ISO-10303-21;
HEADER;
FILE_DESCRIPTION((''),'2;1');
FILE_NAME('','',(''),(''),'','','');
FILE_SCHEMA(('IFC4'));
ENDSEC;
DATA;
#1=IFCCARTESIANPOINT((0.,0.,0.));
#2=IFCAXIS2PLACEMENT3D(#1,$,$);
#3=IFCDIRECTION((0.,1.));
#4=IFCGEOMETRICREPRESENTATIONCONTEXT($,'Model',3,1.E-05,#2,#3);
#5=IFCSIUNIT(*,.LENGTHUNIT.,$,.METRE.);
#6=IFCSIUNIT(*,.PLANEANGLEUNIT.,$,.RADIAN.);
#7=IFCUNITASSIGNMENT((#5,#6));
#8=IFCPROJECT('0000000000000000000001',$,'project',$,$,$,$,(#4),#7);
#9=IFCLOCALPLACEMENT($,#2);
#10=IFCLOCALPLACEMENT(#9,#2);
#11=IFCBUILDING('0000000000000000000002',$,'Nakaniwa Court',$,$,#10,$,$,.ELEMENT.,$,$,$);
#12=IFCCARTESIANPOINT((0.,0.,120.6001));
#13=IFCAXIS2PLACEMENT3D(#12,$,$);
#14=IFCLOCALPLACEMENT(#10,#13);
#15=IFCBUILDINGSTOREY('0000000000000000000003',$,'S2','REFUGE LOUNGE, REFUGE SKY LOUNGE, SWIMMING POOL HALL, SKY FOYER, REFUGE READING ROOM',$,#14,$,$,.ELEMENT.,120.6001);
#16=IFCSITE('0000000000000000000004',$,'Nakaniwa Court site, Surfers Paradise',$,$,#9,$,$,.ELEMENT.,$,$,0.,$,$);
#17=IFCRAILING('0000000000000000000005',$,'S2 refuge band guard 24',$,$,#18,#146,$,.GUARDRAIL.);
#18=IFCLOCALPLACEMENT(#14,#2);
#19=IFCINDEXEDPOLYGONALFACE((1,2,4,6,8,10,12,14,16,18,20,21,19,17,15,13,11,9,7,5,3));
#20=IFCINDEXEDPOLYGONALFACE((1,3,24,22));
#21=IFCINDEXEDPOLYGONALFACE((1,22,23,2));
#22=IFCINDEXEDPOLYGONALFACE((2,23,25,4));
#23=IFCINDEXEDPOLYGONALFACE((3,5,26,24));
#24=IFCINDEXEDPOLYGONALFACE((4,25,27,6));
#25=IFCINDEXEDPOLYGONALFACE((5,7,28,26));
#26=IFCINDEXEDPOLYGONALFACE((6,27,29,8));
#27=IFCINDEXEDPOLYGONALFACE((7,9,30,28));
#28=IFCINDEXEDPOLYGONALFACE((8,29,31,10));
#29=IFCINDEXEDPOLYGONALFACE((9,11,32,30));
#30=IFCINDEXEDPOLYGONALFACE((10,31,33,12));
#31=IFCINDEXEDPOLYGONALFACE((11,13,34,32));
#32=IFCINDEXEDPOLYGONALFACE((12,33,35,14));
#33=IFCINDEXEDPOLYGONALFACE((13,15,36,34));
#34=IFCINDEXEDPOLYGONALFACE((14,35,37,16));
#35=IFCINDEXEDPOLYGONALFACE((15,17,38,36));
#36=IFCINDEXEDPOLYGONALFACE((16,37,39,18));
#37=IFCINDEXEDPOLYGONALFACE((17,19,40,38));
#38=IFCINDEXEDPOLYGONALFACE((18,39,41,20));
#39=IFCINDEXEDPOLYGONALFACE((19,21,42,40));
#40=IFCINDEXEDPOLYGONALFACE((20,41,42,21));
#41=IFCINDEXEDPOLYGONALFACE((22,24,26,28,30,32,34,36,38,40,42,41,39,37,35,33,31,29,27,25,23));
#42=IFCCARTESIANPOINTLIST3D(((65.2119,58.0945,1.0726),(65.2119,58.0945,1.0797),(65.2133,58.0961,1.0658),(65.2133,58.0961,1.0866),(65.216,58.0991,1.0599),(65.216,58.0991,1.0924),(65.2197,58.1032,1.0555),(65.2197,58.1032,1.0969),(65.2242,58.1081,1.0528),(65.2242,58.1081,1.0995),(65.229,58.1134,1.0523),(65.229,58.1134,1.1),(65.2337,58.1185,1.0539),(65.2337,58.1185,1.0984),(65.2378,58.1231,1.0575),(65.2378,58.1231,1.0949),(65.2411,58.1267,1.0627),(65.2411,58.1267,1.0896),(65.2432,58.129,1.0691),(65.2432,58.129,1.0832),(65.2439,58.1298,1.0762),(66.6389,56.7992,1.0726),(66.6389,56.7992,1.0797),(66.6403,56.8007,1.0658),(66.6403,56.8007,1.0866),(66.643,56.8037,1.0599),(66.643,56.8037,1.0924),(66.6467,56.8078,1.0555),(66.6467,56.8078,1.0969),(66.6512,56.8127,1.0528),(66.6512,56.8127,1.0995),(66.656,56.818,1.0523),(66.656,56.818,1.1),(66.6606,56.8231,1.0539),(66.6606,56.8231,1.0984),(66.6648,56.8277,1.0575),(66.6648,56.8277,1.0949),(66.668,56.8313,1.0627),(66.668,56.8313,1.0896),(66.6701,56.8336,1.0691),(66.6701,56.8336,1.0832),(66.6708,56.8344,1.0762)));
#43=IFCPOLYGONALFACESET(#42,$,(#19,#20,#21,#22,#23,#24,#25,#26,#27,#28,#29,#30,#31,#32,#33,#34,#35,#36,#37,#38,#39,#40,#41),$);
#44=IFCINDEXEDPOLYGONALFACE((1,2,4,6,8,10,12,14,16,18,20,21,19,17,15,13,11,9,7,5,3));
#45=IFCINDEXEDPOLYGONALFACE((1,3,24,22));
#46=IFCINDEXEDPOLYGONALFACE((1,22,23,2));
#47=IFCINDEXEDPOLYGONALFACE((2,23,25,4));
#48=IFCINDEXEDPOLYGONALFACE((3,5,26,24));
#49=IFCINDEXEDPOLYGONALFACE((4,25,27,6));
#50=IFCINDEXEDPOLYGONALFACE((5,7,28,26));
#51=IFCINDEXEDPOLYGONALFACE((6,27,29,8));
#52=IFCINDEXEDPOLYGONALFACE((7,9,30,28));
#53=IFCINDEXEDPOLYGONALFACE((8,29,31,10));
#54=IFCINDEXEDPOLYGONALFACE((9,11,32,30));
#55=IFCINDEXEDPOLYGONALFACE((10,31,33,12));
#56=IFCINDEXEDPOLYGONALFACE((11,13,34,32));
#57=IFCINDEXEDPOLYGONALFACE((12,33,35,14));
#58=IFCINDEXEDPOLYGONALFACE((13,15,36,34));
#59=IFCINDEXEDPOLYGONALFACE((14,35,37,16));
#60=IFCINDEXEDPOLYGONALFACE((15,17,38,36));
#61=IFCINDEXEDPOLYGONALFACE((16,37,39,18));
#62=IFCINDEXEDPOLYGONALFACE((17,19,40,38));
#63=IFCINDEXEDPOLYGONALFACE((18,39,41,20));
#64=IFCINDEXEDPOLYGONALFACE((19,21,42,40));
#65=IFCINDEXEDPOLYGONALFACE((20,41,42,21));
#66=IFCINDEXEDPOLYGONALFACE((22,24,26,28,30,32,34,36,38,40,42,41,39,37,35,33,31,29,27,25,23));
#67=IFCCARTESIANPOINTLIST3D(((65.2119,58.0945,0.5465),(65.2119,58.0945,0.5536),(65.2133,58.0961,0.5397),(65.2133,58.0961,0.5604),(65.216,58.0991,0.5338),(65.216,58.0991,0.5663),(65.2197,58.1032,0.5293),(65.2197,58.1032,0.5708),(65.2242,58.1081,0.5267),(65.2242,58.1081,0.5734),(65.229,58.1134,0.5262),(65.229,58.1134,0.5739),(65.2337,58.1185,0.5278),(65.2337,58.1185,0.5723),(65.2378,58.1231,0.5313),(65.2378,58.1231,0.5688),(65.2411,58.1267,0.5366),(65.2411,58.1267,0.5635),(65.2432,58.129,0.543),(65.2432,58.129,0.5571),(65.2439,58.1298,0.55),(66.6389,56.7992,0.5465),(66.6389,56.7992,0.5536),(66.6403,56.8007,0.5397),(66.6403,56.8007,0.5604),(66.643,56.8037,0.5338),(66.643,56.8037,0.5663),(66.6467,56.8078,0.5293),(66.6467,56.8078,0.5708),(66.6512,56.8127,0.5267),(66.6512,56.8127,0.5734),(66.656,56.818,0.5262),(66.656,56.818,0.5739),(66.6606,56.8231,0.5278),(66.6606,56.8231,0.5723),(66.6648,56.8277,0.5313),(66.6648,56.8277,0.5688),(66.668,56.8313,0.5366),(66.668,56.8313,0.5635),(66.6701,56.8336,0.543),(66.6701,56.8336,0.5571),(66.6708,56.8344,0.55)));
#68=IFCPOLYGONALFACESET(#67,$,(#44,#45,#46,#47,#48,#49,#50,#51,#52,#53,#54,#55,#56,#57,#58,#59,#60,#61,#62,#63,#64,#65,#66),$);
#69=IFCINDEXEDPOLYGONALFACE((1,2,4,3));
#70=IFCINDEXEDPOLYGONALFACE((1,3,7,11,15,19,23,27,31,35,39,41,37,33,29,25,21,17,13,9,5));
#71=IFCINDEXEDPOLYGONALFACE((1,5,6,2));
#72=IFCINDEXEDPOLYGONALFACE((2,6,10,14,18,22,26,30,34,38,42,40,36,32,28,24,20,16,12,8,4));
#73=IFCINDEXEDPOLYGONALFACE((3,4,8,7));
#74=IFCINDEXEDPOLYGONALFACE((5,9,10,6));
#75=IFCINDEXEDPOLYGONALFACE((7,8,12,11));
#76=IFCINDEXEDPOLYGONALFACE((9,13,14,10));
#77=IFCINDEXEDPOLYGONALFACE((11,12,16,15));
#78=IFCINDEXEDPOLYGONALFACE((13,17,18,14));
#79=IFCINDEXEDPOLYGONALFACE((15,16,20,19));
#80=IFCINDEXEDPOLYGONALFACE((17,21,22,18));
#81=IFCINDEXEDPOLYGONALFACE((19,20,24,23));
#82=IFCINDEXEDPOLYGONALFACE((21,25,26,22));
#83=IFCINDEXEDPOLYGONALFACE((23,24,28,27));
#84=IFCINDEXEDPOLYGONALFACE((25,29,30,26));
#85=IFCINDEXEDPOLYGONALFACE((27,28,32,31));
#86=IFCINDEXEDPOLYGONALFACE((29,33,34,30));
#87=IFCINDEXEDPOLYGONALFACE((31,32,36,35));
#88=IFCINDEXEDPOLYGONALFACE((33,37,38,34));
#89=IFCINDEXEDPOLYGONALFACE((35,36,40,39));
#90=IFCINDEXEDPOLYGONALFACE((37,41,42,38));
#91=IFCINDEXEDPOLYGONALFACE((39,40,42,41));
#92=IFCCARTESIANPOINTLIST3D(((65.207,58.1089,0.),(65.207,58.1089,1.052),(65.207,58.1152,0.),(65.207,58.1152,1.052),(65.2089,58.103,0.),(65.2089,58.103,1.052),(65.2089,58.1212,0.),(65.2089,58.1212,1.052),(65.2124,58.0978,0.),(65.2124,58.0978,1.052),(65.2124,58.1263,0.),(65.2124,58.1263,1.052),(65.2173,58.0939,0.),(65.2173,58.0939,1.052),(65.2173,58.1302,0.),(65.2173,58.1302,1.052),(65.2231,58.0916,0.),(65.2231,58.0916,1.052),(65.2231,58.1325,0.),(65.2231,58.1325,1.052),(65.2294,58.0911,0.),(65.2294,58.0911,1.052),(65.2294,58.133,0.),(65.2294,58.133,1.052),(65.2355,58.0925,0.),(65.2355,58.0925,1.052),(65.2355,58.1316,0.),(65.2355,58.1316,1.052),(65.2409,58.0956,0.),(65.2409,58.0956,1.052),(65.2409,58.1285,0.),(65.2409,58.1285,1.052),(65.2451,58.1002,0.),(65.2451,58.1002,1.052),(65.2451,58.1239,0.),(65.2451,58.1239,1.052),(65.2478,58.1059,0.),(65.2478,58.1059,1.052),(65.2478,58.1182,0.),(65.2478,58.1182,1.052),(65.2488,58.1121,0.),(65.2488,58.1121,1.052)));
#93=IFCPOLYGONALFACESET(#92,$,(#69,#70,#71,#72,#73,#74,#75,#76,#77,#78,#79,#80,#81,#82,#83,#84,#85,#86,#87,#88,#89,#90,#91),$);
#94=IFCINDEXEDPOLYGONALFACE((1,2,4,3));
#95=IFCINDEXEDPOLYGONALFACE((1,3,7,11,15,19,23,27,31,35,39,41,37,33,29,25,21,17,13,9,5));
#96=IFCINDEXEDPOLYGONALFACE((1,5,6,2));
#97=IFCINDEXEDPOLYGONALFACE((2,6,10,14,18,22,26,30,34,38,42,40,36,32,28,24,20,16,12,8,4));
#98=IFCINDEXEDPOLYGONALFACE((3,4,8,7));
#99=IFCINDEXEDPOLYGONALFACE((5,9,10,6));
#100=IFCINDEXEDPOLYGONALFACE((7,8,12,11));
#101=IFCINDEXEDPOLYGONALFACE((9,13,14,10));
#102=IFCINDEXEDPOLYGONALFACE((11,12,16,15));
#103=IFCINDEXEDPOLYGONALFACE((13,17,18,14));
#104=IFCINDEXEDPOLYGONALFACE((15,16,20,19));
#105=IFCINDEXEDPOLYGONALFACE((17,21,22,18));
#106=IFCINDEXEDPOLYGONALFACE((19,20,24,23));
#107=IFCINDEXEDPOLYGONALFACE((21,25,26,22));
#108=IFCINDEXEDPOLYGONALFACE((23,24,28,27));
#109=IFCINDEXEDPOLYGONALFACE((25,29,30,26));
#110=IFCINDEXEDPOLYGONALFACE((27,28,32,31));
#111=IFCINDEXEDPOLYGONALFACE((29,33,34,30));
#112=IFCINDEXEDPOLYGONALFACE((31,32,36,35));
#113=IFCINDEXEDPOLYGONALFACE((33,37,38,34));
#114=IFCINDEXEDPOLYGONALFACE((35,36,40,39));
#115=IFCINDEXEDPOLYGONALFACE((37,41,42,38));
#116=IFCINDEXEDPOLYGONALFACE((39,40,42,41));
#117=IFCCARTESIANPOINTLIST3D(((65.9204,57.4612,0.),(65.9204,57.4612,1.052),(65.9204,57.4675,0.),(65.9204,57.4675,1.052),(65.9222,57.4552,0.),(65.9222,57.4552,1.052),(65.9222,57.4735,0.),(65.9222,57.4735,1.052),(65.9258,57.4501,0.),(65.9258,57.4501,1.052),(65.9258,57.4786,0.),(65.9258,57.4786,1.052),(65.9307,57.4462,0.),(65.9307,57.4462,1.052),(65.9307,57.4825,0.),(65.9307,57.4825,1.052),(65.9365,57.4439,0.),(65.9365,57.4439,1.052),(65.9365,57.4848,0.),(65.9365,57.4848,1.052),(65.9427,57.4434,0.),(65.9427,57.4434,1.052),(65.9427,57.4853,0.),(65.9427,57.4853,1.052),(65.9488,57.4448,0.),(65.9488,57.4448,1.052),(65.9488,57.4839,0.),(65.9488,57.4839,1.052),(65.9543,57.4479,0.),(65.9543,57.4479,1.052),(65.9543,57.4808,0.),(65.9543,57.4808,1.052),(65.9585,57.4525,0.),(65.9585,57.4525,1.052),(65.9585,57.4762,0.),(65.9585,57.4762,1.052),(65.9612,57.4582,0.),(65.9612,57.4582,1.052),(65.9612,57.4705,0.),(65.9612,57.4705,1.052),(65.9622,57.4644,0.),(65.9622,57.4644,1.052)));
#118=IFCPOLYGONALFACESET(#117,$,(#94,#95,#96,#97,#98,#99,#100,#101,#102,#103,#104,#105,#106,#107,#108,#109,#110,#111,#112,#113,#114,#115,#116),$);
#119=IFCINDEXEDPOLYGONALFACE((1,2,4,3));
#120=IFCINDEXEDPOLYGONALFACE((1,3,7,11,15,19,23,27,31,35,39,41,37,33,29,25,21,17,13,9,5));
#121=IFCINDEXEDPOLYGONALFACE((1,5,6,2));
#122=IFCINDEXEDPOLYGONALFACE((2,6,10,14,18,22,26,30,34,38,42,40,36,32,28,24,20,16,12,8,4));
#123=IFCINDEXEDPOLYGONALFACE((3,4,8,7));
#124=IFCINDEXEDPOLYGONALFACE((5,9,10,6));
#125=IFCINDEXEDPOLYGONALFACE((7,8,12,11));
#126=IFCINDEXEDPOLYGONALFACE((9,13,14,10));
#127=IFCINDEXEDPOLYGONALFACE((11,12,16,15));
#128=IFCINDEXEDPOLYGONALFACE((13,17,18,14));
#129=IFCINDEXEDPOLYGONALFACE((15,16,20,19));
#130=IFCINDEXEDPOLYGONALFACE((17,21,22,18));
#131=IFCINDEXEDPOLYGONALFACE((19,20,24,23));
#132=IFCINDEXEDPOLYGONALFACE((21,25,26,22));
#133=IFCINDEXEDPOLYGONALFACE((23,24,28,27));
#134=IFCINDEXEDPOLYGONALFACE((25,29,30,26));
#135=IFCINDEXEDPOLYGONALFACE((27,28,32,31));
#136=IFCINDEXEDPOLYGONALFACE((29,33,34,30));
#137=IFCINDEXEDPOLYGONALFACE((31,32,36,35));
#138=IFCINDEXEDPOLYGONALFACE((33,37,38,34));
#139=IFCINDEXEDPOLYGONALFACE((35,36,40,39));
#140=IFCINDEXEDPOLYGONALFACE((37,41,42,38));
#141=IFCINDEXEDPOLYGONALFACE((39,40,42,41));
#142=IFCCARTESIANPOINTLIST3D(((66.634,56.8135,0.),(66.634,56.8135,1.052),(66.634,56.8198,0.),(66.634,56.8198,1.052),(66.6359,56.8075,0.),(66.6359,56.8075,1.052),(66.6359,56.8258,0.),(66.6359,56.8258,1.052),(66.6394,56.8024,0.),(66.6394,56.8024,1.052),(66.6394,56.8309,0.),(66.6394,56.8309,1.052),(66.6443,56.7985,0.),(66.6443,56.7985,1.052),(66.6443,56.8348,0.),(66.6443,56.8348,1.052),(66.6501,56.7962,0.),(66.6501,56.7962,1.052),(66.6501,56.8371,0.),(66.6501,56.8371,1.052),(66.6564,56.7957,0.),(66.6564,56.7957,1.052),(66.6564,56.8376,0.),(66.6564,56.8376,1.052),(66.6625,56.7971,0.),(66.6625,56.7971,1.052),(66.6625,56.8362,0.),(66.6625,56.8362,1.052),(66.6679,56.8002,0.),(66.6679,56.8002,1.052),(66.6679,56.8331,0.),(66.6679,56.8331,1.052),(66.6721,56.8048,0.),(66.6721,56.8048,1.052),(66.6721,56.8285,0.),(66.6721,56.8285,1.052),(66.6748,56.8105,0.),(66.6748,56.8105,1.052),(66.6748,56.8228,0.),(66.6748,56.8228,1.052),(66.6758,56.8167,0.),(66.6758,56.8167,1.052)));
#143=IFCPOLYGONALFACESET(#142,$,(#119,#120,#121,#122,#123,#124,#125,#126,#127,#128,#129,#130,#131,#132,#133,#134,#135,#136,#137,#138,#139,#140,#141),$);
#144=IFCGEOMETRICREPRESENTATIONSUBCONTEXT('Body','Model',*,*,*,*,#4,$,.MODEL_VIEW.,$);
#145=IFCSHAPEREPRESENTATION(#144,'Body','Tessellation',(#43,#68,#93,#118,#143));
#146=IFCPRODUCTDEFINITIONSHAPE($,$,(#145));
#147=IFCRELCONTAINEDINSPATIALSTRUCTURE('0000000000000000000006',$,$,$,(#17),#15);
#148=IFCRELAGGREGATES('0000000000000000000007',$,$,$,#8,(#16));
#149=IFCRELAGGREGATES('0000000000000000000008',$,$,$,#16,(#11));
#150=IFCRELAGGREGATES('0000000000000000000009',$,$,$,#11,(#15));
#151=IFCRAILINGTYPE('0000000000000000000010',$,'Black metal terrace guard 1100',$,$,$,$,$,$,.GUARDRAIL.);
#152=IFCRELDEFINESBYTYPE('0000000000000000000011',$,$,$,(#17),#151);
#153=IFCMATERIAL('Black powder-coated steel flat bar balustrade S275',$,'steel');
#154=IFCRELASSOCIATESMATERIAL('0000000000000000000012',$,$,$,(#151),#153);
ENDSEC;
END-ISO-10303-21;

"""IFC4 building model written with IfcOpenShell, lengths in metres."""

from ifc_helpers import new_model, si_unit, direction, frame, origin, origin_2d, place, context, subcontext, project, spatial, circle, extrude, material, type_object, element, save


model = new_model("IFC4")

# Units and contexts
model_context = context("Model", 3, precision=1e-05, world=origin(), true_north=direction((0.0, 1.0)))
body_context = subcontext(model_context, "Body", "Model", "MODEL_VIEW")
ifc_project = project(units=[si_unit("LENGTHUNIT", "METRE"), si_unit("PLANEANGLEUNIT", "RADIAN")], contexts=[model_context])

# Site, building, storey
site_placement = place(None, origin())
site = spatial("IfcSite", under=ifc_project, at=site_placement, Name="Nakaniwa Court site, Surfers Paradise", CompositionType="ELEMENT", RefElevation=0.0)
building_placement = place(site_placement, origin())
building = spatial("IfcBuilding", under=site, at=building_placement, Name="Nakaniwa Court", CompositionType="ELEMENT")
storey_placement = place(building_placement, frame((0.0, 0.0, 120.6001)))
storey = spatial("IfcBuildingStorey", under=building, at=storey_placement, Name="S2", Description="REFUGE LOUNGE, REFUGE SKY LOUNGE, SWIMMING POOL HALL, SKY FOYER, REFUGE READING ROOM", CompositionType="ELEMENT", Elevation=120.6001)

# Railing
ifc_material_1 = material(Name="Black powder-coated steel flat bar balustrade S275", Category="steel")
railing_type = type_object("IfcRailingType", Name="Black metal terrace guard 1100", PredefinedType="GUARDRAIL", material=ifc_material_1)
railing_1_placement = place(storey_placement, frame((65.2278, 58.1121, 0.0)))
element("IfcRailing", 1, at=railing_1_placement, inside=storey, type_object=railing_type, Name="S2 refuge band guard 24", PredefinedType="GUARDRAIL", context=body_context, shape_type="SweptSolid", body=[
    extrude(circle(Radius=0.0239, at=origin_2d()), frame((0.0, 0.0, 1.0762), z_axis=(0.740421, -0.672143, 0.0), x_axis=(0.672143, 0.740421, 0.0)), (0.0, 0.0, 1.0), 1.9272),
    extrude(circle(Radius=0.0239, at=origin_2d()), frame((0.0, 0.0, 0.55), z_axis=(0.740421, -0.672143, 0.0), x_axis=(0.672143, 0.740421, 0.0)), (0.0, 0.0, 1.0), 1.9272),
    extrude(circle(Radius=0.021, at=origin_2d()), origin(), (0.0, 0.0, 1.0), 1.052),
    extrude(circle(Radius=0.021, at=origin_2d()), frame((0.7134, -0.6477, 0.0)), (0.0, 0.0, 1.0), 1.052),
    extrude(circle(Radius=0.021, at=origin_2d()), frame((1.427, -1.2954, 0.0)), (0.0, 0.0, 1.0), 1.052),
])

save(model, "model.ifc")
